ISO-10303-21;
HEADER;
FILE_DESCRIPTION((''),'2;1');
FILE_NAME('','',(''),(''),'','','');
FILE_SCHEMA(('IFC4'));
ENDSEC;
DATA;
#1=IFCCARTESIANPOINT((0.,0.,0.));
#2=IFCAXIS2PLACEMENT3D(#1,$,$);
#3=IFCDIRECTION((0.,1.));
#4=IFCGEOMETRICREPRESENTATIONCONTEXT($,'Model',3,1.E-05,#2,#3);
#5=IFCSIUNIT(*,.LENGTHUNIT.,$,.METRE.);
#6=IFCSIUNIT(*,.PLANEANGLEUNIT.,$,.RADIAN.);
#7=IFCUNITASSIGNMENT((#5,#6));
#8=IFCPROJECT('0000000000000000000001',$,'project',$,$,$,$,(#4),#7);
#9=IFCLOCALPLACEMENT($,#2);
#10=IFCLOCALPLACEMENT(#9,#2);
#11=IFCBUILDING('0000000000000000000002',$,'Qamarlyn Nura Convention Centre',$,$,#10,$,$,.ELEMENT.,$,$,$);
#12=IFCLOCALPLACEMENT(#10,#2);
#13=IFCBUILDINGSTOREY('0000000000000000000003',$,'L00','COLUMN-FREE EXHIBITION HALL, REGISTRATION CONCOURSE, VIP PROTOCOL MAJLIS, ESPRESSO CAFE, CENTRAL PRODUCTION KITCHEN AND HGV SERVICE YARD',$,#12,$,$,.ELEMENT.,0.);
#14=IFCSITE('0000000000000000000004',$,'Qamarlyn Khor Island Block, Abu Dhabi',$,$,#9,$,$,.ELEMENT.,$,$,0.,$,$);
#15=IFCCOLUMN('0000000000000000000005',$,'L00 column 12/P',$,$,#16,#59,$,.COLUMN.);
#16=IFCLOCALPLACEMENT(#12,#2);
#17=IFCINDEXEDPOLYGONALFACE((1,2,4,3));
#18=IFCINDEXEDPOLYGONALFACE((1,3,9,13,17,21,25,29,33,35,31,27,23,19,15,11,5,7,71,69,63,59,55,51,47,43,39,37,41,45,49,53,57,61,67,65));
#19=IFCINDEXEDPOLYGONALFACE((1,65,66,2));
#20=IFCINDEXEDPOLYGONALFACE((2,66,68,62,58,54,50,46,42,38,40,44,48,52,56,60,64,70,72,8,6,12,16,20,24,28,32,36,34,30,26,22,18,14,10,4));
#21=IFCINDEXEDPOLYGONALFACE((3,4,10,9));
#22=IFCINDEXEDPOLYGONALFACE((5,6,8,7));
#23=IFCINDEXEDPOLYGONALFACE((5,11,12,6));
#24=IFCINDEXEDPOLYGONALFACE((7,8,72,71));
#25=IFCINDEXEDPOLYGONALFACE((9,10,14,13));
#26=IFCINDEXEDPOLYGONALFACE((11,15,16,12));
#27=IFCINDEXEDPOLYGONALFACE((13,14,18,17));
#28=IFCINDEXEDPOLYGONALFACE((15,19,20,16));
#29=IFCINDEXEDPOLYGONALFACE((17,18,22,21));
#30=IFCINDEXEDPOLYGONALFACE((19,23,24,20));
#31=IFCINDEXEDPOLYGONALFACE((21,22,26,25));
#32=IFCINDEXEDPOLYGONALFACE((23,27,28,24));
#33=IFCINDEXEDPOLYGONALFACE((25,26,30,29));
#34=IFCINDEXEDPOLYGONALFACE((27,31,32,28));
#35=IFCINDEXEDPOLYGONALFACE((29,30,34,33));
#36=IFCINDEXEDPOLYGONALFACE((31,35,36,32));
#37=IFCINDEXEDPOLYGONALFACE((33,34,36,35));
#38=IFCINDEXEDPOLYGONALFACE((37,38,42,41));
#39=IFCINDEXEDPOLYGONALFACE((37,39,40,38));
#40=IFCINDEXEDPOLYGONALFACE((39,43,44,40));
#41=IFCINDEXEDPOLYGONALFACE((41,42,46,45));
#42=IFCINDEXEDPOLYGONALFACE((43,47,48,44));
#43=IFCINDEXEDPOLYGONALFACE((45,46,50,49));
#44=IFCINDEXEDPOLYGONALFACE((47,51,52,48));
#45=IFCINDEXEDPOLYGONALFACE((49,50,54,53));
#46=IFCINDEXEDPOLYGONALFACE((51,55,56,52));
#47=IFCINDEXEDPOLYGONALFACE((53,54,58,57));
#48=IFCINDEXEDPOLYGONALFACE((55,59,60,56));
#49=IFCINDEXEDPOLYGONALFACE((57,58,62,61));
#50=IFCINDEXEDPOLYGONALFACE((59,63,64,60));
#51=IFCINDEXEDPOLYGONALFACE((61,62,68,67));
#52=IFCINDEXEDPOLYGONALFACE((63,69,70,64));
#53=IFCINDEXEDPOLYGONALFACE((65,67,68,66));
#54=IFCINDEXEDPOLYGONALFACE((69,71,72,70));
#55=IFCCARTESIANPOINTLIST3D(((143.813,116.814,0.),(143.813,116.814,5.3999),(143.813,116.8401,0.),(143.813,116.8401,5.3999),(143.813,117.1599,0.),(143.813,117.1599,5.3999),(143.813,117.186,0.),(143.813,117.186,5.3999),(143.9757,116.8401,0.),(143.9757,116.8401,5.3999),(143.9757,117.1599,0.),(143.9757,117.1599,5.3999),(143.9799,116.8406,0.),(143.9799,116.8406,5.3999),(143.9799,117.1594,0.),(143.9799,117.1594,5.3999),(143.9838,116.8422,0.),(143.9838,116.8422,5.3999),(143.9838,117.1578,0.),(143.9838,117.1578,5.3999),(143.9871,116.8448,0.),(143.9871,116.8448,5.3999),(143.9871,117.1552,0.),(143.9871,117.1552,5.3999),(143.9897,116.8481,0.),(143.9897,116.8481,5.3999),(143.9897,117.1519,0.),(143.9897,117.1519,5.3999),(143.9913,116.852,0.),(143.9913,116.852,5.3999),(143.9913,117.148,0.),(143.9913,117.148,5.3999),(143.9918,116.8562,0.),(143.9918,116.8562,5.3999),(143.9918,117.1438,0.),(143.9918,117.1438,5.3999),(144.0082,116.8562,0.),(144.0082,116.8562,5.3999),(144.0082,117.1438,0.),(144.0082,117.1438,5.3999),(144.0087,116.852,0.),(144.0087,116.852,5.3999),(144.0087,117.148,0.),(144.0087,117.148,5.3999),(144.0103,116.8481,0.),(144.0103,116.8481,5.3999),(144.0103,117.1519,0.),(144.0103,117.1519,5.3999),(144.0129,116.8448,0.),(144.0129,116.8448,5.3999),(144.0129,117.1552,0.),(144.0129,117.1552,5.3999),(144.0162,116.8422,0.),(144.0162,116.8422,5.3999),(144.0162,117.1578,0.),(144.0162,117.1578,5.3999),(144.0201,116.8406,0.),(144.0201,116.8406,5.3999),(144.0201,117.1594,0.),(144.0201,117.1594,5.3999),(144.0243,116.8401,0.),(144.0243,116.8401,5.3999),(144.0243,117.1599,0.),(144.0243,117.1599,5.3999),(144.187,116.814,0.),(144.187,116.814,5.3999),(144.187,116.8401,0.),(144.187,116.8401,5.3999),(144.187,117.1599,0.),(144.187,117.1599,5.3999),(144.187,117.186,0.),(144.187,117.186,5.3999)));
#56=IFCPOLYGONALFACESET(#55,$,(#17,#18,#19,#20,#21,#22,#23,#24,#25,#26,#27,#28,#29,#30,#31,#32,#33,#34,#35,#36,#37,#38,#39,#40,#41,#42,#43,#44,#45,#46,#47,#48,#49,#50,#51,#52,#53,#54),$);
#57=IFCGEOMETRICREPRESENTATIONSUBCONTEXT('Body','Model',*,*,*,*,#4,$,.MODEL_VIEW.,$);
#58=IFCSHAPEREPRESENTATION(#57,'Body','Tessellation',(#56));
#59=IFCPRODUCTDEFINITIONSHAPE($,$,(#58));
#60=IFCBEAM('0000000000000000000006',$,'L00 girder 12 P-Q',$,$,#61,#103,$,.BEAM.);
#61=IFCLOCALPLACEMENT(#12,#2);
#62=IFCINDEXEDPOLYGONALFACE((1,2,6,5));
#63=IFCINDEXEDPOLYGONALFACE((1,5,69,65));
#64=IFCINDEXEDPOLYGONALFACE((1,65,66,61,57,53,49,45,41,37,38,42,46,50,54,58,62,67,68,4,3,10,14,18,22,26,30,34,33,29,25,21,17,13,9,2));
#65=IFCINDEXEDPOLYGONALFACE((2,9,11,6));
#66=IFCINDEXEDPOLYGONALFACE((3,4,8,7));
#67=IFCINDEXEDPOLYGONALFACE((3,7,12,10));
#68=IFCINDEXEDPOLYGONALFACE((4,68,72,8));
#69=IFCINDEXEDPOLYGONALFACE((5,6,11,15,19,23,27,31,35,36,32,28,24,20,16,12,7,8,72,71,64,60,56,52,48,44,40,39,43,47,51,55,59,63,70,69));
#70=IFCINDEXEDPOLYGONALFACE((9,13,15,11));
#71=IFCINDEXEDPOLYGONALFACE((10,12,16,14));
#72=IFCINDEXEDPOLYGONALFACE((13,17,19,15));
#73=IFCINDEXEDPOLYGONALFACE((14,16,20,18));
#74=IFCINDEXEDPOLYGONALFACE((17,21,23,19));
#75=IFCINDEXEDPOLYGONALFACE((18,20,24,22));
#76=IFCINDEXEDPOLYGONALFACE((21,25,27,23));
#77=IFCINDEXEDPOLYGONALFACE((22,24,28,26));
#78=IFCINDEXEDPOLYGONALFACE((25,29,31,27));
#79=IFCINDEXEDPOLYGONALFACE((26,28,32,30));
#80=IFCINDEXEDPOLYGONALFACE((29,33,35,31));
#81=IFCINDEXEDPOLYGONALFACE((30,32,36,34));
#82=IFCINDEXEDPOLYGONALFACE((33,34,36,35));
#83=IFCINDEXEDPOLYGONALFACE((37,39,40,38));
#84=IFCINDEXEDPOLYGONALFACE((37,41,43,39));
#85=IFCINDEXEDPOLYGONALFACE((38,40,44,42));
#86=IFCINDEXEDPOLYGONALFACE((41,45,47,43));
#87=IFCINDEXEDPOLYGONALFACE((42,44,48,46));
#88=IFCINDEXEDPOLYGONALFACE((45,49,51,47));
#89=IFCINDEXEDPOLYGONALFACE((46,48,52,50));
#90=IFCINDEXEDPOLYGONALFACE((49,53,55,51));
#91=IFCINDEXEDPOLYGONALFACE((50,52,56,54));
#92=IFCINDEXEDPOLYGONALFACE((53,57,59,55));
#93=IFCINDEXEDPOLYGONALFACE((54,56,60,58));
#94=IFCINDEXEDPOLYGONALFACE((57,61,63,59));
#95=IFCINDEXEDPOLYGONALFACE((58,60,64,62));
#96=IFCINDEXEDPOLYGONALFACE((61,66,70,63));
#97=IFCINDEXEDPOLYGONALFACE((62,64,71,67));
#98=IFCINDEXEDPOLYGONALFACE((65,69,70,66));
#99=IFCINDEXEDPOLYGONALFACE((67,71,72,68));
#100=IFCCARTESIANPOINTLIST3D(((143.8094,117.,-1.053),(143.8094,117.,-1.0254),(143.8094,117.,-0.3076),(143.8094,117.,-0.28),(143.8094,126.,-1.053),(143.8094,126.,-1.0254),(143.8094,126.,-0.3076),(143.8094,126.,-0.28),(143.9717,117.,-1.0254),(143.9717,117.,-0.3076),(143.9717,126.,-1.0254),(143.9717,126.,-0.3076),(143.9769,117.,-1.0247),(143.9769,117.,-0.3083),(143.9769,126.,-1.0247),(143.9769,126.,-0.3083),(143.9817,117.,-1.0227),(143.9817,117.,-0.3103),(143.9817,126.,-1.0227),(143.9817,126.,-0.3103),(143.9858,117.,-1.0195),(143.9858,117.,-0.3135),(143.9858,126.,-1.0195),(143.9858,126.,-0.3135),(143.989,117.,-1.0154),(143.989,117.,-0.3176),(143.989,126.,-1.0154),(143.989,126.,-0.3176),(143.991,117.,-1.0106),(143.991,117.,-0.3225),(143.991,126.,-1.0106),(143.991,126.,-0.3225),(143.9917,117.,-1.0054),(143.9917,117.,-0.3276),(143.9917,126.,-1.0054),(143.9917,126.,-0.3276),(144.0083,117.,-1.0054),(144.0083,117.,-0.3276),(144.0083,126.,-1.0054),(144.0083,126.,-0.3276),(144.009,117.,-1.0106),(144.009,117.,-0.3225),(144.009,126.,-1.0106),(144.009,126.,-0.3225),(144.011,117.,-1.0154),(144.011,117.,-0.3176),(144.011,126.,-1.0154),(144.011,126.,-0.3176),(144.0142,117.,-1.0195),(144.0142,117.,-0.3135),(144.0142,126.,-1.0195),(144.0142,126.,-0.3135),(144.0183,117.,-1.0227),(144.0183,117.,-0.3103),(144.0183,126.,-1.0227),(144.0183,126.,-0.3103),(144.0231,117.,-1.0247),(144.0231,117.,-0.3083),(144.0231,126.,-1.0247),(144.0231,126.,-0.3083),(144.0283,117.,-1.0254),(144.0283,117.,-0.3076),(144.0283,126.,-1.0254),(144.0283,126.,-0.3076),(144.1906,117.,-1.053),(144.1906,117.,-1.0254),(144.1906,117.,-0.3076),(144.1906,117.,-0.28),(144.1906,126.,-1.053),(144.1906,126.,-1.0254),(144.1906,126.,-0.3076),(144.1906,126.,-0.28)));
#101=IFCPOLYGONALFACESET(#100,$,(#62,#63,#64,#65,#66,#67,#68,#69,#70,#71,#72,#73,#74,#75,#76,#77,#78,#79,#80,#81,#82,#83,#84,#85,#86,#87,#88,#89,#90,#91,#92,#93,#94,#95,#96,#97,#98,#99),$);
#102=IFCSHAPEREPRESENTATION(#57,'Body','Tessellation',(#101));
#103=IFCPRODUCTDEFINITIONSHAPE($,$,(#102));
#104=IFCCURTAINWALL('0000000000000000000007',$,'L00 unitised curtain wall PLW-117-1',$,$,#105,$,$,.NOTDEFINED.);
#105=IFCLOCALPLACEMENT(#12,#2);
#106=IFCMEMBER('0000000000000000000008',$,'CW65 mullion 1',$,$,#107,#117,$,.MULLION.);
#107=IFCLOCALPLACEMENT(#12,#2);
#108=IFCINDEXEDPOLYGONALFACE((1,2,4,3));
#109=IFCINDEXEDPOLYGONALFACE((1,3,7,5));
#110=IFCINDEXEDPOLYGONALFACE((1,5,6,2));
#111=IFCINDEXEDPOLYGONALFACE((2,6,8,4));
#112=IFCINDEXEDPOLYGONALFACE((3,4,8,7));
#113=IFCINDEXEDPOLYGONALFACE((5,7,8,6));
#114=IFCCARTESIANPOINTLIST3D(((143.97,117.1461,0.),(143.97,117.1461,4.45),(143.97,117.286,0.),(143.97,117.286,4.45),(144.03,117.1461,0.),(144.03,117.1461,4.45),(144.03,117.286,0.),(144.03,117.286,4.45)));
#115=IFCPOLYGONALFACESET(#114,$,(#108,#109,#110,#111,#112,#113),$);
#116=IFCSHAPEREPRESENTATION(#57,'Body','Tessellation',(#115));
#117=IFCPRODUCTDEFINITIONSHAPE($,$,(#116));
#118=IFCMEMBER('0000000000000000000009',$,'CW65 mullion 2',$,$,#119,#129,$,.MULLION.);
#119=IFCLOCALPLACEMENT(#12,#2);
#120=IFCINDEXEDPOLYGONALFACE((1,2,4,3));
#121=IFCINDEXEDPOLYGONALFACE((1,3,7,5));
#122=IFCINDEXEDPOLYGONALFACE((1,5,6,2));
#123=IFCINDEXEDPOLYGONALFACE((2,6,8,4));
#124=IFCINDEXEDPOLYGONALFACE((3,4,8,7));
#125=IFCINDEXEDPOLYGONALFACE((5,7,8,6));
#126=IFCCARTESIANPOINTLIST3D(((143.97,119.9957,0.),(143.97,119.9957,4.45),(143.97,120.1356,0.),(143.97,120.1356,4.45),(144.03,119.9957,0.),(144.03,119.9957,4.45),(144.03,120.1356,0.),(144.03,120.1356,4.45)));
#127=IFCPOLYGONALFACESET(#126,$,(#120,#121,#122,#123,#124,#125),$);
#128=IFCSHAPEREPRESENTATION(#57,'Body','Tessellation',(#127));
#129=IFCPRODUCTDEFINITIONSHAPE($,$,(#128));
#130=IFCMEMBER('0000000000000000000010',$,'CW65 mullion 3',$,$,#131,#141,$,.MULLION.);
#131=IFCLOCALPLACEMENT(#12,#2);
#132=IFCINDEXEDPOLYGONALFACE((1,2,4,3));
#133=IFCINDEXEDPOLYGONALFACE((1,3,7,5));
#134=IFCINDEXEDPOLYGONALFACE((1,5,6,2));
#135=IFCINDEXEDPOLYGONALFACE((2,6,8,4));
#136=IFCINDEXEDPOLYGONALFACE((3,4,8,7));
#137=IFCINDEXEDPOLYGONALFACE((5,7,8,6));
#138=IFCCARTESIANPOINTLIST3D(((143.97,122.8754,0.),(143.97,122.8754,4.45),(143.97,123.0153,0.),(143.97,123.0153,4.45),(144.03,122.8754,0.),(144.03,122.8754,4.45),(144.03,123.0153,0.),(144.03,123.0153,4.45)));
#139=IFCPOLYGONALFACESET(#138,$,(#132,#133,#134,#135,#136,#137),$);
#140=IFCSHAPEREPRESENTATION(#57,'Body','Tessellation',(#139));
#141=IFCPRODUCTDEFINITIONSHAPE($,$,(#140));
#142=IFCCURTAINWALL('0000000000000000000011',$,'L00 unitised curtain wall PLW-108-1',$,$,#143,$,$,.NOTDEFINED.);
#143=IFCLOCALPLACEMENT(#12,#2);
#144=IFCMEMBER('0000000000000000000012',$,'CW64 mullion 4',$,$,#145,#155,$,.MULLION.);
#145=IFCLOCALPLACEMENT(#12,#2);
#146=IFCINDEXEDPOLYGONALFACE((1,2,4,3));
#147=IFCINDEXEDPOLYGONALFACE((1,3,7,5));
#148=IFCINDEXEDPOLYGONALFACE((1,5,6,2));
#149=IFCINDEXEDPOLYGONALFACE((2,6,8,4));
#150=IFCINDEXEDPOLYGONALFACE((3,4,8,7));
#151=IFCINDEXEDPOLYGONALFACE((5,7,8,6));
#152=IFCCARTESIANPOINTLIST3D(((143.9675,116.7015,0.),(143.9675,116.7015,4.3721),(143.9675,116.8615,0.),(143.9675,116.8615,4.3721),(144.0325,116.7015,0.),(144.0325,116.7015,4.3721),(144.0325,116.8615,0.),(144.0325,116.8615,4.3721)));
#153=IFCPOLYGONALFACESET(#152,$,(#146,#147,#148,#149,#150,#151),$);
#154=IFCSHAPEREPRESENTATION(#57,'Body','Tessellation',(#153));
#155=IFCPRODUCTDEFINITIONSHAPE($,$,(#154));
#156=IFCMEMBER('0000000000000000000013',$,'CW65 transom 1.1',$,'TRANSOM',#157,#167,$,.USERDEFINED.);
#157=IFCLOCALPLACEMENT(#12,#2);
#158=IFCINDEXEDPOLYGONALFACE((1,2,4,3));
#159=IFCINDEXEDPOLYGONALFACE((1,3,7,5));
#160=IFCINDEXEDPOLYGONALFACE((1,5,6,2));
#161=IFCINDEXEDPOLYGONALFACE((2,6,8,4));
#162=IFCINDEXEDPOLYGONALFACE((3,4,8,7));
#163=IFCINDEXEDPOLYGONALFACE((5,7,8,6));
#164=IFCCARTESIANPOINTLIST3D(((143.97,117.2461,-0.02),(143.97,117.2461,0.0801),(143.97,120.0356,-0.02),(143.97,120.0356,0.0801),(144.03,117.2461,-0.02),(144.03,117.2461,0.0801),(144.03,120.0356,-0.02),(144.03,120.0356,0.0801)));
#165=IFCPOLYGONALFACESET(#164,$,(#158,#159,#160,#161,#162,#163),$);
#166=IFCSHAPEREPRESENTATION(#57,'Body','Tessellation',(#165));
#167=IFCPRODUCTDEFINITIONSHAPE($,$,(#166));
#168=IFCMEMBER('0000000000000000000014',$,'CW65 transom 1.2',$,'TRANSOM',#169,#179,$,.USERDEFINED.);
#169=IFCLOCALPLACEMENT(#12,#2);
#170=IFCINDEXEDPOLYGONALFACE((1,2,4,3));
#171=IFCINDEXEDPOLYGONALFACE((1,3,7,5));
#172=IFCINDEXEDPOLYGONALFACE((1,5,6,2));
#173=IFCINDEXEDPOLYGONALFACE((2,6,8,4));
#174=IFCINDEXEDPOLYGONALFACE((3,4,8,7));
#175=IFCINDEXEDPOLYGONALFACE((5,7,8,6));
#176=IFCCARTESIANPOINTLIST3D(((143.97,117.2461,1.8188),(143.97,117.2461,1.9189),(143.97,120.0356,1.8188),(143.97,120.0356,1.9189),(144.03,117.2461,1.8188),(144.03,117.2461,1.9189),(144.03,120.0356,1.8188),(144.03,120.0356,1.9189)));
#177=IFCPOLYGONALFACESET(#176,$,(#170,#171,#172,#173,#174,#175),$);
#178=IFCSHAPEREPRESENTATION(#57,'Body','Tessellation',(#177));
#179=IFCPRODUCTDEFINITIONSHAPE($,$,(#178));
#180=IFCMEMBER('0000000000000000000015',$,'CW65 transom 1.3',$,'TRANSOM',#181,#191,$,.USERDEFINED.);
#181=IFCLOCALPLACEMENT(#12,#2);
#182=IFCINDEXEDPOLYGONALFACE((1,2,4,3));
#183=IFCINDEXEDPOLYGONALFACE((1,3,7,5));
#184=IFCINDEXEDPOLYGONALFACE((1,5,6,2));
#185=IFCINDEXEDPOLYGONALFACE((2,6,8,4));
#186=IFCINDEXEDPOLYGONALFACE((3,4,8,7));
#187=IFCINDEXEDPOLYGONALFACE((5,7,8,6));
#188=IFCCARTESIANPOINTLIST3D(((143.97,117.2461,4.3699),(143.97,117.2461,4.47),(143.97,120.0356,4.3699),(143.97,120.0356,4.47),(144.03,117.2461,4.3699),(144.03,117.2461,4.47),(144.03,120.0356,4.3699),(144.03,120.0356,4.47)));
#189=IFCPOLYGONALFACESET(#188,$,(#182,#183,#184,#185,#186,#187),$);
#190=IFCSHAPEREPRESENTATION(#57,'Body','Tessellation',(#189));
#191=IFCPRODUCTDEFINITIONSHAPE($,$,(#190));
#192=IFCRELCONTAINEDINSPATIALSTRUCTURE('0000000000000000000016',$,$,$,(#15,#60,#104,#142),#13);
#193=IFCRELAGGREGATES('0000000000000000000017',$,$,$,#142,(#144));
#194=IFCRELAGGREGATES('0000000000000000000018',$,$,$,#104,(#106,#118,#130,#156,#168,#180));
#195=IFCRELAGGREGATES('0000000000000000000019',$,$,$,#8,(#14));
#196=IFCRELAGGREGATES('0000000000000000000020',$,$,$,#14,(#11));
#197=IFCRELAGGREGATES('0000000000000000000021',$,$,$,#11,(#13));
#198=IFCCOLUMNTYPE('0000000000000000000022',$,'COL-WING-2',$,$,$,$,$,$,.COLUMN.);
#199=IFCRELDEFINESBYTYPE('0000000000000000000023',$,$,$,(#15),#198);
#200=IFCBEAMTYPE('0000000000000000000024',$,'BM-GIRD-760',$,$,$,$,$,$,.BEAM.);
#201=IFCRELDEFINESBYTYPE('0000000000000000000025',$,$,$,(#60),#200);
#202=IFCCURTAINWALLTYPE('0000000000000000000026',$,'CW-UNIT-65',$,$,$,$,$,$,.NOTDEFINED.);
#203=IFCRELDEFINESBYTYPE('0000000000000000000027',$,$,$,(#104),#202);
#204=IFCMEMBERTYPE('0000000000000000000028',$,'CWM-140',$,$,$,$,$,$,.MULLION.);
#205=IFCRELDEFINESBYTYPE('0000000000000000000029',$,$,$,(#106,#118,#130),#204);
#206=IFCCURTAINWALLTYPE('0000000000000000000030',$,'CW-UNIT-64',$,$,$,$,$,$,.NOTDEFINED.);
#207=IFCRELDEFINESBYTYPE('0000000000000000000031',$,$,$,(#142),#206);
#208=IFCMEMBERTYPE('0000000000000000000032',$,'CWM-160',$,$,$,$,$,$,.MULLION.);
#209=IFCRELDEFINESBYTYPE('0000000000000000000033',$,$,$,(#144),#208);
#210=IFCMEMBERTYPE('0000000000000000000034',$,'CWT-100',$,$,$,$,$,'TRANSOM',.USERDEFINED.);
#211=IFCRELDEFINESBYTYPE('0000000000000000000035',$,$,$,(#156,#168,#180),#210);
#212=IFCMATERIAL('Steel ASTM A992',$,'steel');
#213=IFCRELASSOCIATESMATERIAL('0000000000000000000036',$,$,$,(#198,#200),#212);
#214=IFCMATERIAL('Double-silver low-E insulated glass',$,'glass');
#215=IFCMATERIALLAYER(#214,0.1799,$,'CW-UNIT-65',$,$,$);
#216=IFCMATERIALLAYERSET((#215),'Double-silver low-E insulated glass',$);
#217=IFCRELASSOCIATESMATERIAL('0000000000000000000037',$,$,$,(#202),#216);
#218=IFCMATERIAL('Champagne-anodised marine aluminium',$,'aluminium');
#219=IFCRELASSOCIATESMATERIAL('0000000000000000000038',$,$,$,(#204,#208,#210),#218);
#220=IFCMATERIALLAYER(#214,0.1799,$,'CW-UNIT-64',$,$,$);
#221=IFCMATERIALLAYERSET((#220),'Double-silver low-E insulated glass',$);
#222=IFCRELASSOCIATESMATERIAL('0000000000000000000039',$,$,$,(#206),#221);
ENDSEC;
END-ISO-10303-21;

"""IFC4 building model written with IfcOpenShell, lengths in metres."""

from ifc_helpers import new_model, si_unit, direction, frame, origin, origin_2d, place, context, subcontext, project, spatial, rectangle, i_section, extrude, material, layer, layer_set, material_profile, profile_set, type_object, element, aggregate, save


model = new_model("IFC4")

# Units and contexts
model_context = context("Model", 3, precision=1e-05, world=origin(), true_north=direction((0.0, 1.0)))
body_context = subcontext(model_context, "Body", "Model", "MODEL_VIEW")
ifc_project = project(units=[si_unit("LENGTHUNIT", "METRE"), si_unit("PLANEANGLEUNIT", "RADIAN")], contexts=[model_context])

# Site, building, storey
site_placement = place(None, origin())
site = spatial("IfcSite", under=ifc_project, at=site_placement, Name="Qamarlyn Khor Island Block, Abu Dhabi", CompositionType="ELEMENT", RefElevation=0.0)
building_placement = place(site_placement, origin())
building = spatial("IfcBuilding", under=site, at=building_placement, Name="Qamarlyn Nura Convention Centre", CompositionType="ELEMENT")
storey_placement = place(building_placement, origin())
storey = spatial("IfcBuildingStorey", under=building, at=storey_placement, Name="L00", Description="COLUMN-FREE EXHIBITION HALL, REGISTRATION CONCOURSE, VIP PROTOCOL MAJLIS, ESPRESSO CAFE, CENTRAL PRODUCTION KITCHEN AND HGV SERVICE YARD", CompositionType="ELEMENT", Elevation=0.0)

# Column
ifc_material_1 = material(Name="Steel ASTM A992", Category="steel")
ifc_material_profile_1 = material_profile(ifc_material_1, i_section(OverallWidth=0.374, OverallDepth=0.3721, WebThickness=0.0164, FlangeThickness=0.0261, FilletRadius=0.0161, at=origin_2d()), Name="W360X196")
ifc_profile_set_1 = profile_set([ifc_material_profile_1], Name="Steel ASTM A992")
column_type = type_object("IfcColumnType", Name="COL-WING-2", PredefinedType="COLUMN", material=ifc_profile_set_1)
column_placement = place(storey_placement, frame((144.0, 117.0, 0.0), z_axis=(0.0, 0.0, 1.0), x_axis=(1.0, 0.0, 0.0)))
element("IfcColumn", 1, at=column_placement, inside=storey, type_object=column_type, Name="L00 column 12/P", PredefinedType="COLUMN", context=body_context, shape_type="SweptSolid", body=[
    extrude(i_section(OverallWidth=0.374, OverallDepth=0.3721, WebThickness=0.0164, FlangeThickness=0.0261, FilletRadius=0.0161, at=origin_2d()), origin(), (0.0, 0.0, 1.0), 5.3999),
])

# Beam
ifc_material_profile_2 = material_profile(ifc_material_1, i_section(OverallWidth=0.3811, OverallDepth=0.7729, WebThickness=0.0166, FlangeThickness=0.0276, FilletRadius=0.02, at=origin_2d()), Name="W760X257")
ifc_profile_set_2 = profile_set([ifc_material_profile_2], Name="Steel ASTM A992")
beam_type = type_object("IfcBeamType", Name="BM-GIRD-760", PredefinedType="BEAM", material=ifc_profile_set_2)
beam_placement = place(storey_placement, frame((144.0, 117.0, -0.6665), z_axis=(0.0, 1.0, 0.0), x_axis=(-1.0, 0.0, 0.0)))
element("IfcBeam", 2, at=beam_placement, inside=storey, type_object=beam_type, Name="L00 girder 12 P-Q", PredefinedType="BEAM", context=body_context, shape_type="SweptSolid", body=[
    extrude(i_section(OverallWidth=0.3811, OverallDepth=0.7729, WebThickness=0.0166, FlangeThickness=0.0276, FilletRadius=0.02, at=origin_2d()), origin(), (0.0, 0.0, 1.0), 9.0),
])

# Curtain wall, members
ifc_material_2 = material(Name="Double-silver low-E insulated glass", Category="glass")
ifc_layer_1 = layer(ifc_material_2, 0.1799, Name="CW-UNIT-65")
ifc_layer_set_1 = layer_set([ifc_layer_1], Name="Double-silver low-E insulated glass")
curtain_wall_type_1 = type_object("IfcCurtainWallType", Name="CW-UNIT-65", PredefinedType="NOTDEFINED", material=ifc_layer_set_1)
curtain_wall_1_placement = place(storey_placement, origin())
curtain_wall_1 = element("IfcCurtainWall", 3, at=curtain_wall_1_placement, inside=storey, type_object=curtain_wall_type_1, Name="L00 unitised curtain wall PLW-117-1", PredefinedType="NOTDEFINED")
ifc_material_3 = material(Name="Champagne-anodised marine aluminium", Category="aluminium")
ifc_material_profile_3 = material_profile(ifc_material_3, rectangle(XDim=0.0601, YDim=0.1399, at=origin_2d()), Name="ALU MULLION 60x140")
ifc_profile_set_3 = profile_set([ifc_material_profile_3], Name="Champagne-anodised marine aluminium")
member_type_1 = type_object("IfcMemberType", Name="CWM-140", PredefinedType="MULLION", material=ifc_profile_set_3)
member_1_placement = place(storey_placement, frame((144.0, 117.2161, 0.0), z_axis=(0.0, 0.0, 1.0), x_axis=(-1.0, 0.0, 0.0)))
member_1 = element("IfcMember", 4, at=member_1_placement, type_object=member_type_1, Name="CW65 mullion 1", PredefinedType="MULLION", context=body_context, shape_type="SweptSolid", body=[
    extrude(rectangle(XDim=0.0601, YDim=0.1399, at=origin_2d()), origin(), (0.0, 0.0, 1.0), 4.45),
])
member_2_placement = place(storey_placement, frame((144.0, 120.0657, 0.0), z_axis=(0.0, 0.0, 1.0), x_axis=(-1.0, 0.0, 0.0)))
member_2 = element("IfcMember", 5, at=member_2_placement, type_object=member_type_1, Name="CW65 mullion 2", PredefinedType="MULLION", context=body_context, shape_type="SweptSolid", body=[
    extrude(rectangle(XDim=0.0601, YDim=0.1399, at=origin_2d()), origin(), (0.0, 0.0, 1.0), 4.45),
])
member_3_placement = place(storey_placement, frame((144.0, 122.9453, 0.0), z_axis=(0.0, 0.0, 1.0), x_axis=(-1.0, 0.0, 0.0)))
member_3 = element("IfcMember", 6, at=member_3_placement, type_object=member_type_1, Name="CW65 mullion 3", PredefinedType="MULLION", context=body_context, shape_type="SweptSolid", body=[
    extrude(rectangle(XDim=0.0601, YDim=0.1399, at=origin_2d()), origin(), (0.0, 0.0, 1.0), 4.45),
])

# Curtain wall, member
ifc_layer_2 = layer(ifc_material_2, 0.1799, Name="CW-UNIT-64")
ifc_layer_set_2 = layer_set([ifc_layer_2], Name="Double-silver low-E insulated glass")
curtain_wall_type_2 = type_object("IfcCurtainWallType", Name="CW-UNIT-64", PredefinedType="NOTDEFINED", material=ifc_layer_set_2)
curtain_wall_2_placement = place(storey_placement, origin())
curtain_wall_2 = element("IfcCurtainWall", 7, at=curtain_wall_2_placement, inside=storey, type_object=curtain_wall_type_2, Name="L00 unitised curtain wall PLW-108-1", PredefinedType="NOTDEFINED")
ifc_material_profile_4 = material_profile(ifc_material_3, rectangle(XDim=0.0649, YDim=0.1599, at=origin_2d()), Name="ALU MULLION 65x160")
ifc_profile_set_4 = profile_set([ifc_material_profile_4], Name="Champagne-anodised marine aluminium")
member_type_2 = type_object("IfcMemberType", Name="CWM-160", PredefinedType="MULLION", material=ifc_profile_set_4)
member_4_placement = place(storey_placement, frame((144.0, 116.7815, 0.0), z_axis=(0.0, 0.0, 1.0), x_axis=(-1.0, 0.0, 0.0)))
member_4 = element("IfcMember", 8, at=member_4_placement, type_object=member_type_2, Name="CW64 mullion 4", PredefinedType="MULLION", context=body_context, shape_type="SweptSolid", body=[
    extrude(rectangle(XDim=0.0649, YDim=0.1599, at=origin_2d()), origin(), (0.0, 0.0, 1.0), 4.3721),
])

# Members
ifc_material_profile_5 = material_profile(ifc_material_3, rectangle(XDim=0.0601, YDim=0.1001, at=origin_2d()), Name="ALU TRANSOM 60x100")
ifc_profile_set_5 = profile_set([ifc_material_profile_5], Name="Champagne-anodised marine aluminium")
member_type_3 = type_object("IfcMemberType", Name="CWT-100", ElementType="TRANSOM", PredefinedType="USERDEFINED", material=ifc_profile_set_5)
member_5_placement = place(storey_placement, frame((144.0, 117.2461, 0.03), z_axis=(0.0, 1.0, 0.0), x_axis=(-1.0, 0.0, 0.0)))
member_5 = element("IfcMember", 9, at=member_5_placement, type_object=member_type_3, Name="CW65 transom 1.1", ObjectType="TRANSOM", PredefinedType="USERDEFINED", context=body_context, shape_type="SweptSolid", body=[
    extrude(rectangle(XDim=0.0601, YDim=0.1001, at=origin_2d()), origin(), (0.0, 0.0, 1.0), 2.7896),
])
member_6_placement = place(storey_placement, frame((144.0, 117.2461, 1.8689), z_axis=(0.0, 1.0, 0.0), x_axis=(-1.0, 0.0, 0.0)))
member_6 = element("IfcMember", 10, at=member_6_placement, type_object=member_type_3, Name="CW65 transom 1.2", ObjectType="TRANSOM", PredefinedType="USERDEFINED", context=body_context, shape_type="SweptSolid", body=[
    extrude(rectangle(XDim=0.0601, YDim=0.1001, at=origin_2d()), origin(), (0.0, 0.0, 1.0), 2.7896),
])
member_7_placement = place(storey_placement, frame((144.0, 117.2461, 4.4199), z_axis=(0.0, 1.0, 0.0), x_axis=(-1.0, 0.0, 0.0)))
member_7 = element("IfcMember", 11, at=member_7_placement, type_object=member_type_3, Name="CW65 transom 1.3", ObjectType="TRANSOM", PredefinedType="USERDEFINED", context=body_context, shape_type="SweptSolid", body=[
    extrude(rectangle(XDim=0.0601, YDim=0.1001, at=origin_2d()), origin(), (0.0, 0.0, 1.0), 2.7896),
])

aggregate(curtain_wall_2, [member_4])
aggregate(curtain_wall_1, [member_1, member_2, member_3, member_5, member_6, member_7])

save(model, "model.ifc")
